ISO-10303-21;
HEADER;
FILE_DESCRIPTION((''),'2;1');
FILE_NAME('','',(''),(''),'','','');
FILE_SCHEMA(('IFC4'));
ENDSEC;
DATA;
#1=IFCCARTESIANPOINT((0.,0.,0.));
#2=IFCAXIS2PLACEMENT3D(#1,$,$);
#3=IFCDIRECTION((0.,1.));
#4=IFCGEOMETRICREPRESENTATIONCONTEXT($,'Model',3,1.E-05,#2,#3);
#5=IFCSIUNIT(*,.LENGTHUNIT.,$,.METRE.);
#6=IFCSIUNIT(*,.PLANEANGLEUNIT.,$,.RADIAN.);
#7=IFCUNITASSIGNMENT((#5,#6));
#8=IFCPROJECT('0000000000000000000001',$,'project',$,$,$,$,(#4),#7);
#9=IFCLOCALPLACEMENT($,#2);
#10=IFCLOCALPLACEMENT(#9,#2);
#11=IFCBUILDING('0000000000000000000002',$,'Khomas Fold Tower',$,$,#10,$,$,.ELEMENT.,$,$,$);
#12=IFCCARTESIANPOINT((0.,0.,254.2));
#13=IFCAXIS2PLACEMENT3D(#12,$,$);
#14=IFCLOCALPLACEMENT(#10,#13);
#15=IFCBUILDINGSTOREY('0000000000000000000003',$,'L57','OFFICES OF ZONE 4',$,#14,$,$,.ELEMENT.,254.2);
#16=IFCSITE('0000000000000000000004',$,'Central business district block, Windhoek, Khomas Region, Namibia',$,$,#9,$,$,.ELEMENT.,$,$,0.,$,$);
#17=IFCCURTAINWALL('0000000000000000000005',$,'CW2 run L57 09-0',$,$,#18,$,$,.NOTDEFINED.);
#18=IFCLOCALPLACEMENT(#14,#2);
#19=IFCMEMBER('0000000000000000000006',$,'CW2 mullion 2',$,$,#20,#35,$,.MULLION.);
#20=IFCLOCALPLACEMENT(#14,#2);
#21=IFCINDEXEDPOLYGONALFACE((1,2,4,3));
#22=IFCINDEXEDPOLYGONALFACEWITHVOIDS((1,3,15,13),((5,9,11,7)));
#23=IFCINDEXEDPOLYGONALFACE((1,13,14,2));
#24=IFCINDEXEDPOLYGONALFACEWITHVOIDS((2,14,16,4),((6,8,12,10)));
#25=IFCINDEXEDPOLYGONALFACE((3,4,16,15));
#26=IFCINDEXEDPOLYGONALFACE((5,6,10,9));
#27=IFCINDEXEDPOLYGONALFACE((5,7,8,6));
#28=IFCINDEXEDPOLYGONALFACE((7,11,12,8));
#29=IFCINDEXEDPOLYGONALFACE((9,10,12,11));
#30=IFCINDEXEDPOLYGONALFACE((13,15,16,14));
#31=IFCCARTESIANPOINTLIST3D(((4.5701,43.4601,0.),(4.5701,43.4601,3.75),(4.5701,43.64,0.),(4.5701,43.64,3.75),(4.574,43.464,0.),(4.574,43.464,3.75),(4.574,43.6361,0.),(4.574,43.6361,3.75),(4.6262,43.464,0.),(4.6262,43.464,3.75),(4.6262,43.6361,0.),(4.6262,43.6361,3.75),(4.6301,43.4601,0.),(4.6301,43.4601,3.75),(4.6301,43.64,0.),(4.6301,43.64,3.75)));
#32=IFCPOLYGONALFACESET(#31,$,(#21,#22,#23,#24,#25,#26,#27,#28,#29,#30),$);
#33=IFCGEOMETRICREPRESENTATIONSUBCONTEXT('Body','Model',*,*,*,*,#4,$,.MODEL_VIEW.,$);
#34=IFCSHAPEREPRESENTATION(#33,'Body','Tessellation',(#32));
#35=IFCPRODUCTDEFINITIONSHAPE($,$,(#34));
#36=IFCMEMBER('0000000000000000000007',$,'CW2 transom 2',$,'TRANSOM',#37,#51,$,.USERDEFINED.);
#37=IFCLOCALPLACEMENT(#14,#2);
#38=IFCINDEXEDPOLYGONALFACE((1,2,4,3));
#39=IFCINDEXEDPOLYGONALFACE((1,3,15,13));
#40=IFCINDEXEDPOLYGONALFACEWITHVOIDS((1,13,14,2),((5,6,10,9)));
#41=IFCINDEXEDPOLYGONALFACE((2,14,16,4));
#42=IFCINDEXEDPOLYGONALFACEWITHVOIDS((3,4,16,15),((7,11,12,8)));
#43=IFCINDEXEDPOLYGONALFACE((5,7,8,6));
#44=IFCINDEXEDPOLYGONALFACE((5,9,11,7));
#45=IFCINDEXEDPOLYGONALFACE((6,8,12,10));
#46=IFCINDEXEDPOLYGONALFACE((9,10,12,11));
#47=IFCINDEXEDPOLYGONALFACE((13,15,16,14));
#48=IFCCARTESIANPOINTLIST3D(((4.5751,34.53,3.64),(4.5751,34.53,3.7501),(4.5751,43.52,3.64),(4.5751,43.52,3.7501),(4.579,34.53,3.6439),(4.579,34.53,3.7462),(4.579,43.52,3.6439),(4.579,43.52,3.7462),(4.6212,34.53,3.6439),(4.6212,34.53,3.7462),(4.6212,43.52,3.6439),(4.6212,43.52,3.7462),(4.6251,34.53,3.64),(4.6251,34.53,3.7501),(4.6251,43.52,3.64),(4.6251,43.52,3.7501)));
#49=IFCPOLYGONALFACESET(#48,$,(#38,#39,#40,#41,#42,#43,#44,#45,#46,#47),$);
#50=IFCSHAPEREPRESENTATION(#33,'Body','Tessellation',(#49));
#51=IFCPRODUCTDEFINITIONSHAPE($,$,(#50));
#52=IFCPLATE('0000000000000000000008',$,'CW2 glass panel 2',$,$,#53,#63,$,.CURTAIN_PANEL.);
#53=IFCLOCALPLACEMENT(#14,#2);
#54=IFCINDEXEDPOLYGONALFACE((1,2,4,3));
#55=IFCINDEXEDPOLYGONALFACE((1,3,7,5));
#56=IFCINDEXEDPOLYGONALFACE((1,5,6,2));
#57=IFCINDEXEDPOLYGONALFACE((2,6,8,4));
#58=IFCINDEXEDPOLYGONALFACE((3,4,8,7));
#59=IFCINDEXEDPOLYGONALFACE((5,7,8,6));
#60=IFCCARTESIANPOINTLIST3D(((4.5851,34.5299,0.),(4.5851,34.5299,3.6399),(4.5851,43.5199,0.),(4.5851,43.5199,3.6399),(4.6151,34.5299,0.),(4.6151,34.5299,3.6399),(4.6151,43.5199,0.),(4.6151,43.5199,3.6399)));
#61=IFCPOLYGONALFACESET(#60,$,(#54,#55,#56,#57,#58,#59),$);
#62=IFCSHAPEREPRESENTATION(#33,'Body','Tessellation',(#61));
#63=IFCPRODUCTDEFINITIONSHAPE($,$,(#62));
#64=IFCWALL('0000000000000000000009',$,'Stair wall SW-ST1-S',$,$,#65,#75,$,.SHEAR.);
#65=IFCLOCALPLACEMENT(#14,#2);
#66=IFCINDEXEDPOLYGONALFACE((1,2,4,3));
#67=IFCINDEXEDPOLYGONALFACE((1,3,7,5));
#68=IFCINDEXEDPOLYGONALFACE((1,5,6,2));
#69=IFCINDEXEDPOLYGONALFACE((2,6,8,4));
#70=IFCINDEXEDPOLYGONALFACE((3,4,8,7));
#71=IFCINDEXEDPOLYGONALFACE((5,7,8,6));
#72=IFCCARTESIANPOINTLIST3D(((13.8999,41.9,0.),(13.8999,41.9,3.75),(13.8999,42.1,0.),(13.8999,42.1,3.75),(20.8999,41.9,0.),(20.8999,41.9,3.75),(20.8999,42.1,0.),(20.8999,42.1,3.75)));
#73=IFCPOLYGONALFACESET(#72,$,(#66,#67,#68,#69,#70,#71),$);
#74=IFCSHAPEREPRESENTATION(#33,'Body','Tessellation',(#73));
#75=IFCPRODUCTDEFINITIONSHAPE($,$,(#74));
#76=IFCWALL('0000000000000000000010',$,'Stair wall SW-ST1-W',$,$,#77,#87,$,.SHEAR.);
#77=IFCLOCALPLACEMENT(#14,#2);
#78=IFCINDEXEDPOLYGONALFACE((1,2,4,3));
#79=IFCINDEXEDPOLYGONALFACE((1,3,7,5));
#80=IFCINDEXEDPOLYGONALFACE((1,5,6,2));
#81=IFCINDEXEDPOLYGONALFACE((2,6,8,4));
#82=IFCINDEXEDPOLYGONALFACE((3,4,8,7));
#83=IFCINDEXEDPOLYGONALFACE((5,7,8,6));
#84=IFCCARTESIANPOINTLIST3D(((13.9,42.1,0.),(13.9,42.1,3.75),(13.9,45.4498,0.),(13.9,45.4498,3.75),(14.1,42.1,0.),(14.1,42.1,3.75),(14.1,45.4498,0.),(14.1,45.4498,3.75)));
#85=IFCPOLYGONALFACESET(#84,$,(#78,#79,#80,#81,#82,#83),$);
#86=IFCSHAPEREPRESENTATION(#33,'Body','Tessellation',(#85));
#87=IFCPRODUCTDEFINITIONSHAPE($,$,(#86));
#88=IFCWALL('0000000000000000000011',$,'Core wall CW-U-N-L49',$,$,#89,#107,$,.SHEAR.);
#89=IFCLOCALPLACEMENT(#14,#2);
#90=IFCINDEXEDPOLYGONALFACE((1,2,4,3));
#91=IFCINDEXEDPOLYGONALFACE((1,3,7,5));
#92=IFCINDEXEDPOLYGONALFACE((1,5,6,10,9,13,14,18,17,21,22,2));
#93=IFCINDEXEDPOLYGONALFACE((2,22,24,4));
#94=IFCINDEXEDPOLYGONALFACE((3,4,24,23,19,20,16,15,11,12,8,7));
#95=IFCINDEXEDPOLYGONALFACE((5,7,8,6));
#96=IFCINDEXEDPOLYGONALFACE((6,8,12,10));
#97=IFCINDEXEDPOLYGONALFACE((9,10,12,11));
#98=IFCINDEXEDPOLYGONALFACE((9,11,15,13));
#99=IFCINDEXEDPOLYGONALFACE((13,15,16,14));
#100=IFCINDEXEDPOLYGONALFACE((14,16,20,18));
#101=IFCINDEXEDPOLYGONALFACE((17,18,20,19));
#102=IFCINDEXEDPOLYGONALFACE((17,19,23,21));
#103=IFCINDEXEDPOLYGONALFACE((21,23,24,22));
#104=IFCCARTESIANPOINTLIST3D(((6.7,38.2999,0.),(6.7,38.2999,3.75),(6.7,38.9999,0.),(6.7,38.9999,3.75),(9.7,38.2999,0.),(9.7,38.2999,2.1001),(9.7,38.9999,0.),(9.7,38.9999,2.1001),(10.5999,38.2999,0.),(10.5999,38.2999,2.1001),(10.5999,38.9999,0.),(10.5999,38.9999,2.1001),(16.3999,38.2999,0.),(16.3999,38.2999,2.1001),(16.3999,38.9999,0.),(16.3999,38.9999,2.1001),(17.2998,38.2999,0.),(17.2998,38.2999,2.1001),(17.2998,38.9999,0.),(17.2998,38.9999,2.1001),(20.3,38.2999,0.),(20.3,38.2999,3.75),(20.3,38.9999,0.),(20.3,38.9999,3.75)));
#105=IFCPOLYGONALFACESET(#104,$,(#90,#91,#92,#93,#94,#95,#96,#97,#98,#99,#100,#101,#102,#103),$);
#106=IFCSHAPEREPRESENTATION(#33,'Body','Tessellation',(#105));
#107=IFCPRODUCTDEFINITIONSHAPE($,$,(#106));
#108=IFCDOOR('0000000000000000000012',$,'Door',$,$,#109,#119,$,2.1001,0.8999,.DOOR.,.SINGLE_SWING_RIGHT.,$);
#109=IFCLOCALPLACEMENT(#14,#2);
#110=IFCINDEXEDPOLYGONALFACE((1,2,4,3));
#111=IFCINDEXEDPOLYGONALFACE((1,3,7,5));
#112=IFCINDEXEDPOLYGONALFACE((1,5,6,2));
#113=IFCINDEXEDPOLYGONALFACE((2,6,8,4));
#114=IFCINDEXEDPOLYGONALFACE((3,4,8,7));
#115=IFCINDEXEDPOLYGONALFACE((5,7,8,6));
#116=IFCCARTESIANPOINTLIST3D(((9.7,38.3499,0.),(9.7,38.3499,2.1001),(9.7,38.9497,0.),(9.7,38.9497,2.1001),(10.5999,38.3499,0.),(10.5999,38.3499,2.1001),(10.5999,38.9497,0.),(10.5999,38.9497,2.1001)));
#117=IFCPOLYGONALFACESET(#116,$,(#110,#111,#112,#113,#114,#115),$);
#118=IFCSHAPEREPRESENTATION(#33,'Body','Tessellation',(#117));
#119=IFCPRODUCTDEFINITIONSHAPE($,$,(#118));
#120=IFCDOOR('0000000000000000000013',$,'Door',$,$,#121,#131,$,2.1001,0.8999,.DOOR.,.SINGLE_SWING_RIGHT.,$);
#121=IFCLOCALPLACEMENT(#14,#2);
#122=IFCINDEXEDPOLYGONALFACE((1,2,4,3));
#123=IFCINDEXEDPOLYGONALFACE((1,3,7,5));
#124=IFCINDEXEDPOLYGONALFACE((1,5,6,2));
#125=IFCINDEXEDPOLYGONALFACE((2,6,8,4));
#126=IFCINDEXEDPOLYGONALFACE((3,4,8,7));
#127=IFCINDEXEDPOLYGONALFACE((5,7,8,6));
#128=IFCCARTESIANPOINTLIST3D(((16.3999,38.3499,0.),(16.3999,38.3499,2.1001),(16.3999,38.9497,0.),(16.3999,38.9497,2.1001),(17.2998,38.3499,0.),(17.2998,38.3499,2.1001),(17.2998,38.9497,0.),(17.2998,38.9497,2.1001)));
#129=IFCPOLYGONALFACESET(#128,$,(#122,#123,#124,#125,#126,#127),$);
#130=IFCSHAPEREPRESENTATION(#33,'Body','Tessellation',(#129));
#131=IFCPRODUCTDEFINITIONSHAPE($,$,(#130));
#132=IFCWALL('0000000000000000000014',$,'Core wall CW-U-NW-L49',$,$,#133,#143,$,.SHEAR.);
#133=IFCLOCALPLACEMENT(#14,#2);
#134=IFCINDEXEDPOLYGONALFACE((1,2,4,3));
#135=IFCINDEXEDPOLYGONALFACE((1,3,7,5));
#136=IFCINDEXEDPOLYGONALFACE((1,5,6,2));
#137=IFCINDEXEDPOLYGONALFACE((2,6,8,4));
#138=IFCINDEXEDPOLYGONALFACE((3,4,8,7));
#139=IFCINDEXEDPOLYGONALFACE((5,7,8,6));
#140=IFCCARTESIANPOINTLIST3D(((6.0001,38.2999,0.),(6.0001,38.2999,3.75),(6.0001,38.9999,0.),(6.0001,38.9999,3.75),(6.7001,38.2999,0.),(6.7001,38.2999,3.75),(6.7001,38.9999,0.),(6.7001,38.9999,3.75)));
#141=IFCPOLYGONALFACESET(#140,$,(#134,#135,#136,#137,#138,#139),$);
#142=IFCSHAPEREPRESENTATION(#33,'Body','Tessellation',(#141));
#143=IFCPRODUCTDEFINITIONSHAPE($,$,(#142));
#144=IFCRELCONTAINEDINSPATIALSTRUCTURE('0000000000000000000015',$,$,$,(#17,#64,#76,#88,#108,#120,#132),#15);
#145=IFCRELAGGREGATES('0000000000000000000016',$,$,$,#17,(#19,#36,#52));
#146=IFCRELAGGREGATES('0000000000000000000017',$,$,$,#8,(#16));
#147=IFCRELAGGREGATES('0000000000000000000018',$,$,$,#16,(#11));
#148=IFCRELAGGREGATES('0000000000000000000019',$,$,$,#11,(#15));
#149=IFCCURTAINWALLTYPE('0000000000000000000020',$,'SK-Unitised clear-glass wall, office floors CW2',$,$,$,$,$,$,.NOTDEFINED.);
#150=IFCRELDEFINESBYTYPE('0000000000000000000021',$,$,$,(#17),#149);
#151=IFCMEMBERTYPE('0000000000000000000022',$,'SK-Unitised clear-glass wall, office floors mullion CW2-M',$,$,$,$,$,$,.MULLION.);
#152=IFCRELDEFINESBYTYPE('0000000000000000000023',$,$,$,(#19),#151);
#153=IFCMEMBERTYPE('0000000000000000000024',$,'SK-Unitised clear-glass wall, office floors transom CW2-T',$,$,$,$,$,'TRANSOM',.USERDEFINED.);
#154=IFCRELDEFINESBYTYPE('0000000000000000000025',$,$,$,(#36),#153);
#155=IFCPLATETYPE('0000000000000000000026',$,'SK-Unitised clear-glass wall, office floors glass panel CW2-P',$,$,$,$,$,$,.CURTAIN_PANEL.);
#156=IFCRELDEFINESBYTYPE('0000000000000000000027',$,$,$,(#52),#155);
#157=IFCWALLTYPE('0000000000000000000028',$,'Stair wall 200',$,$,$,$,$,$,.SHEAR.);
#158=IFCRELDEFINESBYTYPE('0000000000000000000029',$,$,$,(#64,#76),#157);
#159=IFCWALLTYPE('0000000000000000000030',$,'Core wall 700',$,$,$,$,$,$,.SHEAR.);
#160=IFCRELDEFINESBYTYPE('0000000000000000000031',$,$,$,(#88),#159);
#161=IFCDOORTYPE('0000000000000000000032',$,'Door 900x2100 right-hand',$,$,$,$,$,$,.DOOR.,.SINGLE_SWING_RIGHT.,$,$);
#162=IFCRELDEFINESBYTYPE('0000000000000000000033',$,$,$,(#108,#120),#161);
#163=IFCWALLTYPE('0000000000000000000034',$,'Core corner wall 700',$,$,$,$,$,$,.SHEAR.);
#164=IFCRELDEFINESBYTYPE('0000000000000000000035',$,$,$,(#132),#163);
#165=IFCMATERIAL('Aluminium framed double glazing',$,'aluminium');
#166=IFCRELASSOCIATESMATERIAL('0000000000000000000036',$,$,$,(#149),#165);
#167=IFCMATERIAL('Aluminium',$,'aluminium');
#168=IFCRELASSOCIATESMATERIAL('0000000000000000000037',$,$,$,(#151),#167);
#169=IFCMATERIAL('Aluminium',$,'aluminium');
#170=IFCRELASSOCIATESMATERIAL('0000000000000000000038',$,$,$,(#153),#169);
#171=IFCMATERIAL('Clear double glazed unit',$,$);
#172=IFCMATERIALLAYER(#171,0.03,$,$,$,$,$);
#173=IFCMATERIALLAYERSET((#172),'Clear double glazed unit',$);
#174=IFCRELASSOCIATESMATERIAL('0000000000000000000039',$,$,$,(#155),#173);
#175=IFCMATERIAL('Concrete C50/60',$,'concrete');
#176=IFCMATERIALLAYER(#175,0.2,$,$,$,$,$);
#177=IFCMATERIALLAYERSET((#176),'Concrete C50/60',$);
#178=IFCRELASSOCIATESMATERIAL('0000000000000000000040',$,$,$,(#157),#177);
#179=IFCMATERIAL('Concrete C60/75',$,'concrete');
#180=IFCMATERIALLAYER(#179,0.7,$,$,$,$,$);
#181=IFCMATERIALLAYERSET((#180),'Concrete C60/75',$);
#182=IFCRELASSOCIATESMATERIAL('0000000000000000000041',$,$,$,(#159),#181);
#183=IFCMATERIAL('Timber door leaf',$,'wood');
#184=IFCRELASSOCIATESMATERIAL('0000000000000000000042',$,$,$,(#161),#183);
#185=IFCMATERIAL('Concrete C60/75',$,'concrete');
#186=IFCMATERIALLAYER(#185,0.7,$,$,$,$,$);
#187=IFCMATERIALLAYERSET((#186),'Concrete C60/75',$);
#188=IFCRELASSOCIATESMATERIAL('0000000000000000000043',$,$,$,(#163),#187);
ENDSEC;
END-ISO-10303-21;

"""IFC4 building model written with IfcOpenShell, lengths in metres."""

from ifc_helpers import new_model, si_unit, direction, frame, frame_2d, origin, origin_2d, place, context, subcontext, project, spatial, rectangle, hollow_rectangle, extrude, source, transform, mapped, material, layer, layer_set, material_profile, profile_set, type_object, element, fill, aggregate, save


model = new_model("IFC4")

# Units and contexts
model_context = context("Model", 3, precision=1e-05, world=origin(), true_north=direction((0.0, 1.0)))
body_context = subcontext(model_context, "Body", "Model", "MODEL_VIEW")
ifc_project = project(units=[si_unit("LENGTHUNIT", "METRE"), si_unit("PLANEANGLEUNIT", "RADIAN")], contexts=[model_context])

# Site, building, storey
site_placement = place(None, origin())
site = spatial("IfcSite", under=ifc_project, at=site_placement, Name="Central business district block, Windhoek, Khomas Region, Namibia", CompositionType="ELEMENT", RefElevation=0.0)
building_placement = place(site_placement, origin())
building = spatial("IfcBuilding", under=site, at=building_placement, Name="Khomas Fold Tower", CompositionType="ELEMENT")
storey_placement = place(building_placement, frame((0.0, 0.0, 254.2)))
storey = spatial("IfcBuildingStorey", under=building, at=storey_placement, Name="L57", Description="OFFICES OF ZONE 4", CompositionType="ELEMENT", Elevation=254.2)

# Curtain wall, members, plate
ifc_material_1 = material(Name="Aluminium framed double glazing", Category="aluminium")
curtain_wall_type = type_object("IfcCurtainWallType", Name="SK-Unitised clear-glass wall, office floors CW2", PredefinedType="NOTDEFINED", material=ifc_material_1)
curtain_wall_placement = place(storey_placement, origin())
curtain_wall = element("IfcCurtainWall", 1, at=curtain_wall_placement, inside=storey, type_object=curtain_wall_type, Name="CW2 run L57 09-0", PredefinedType="NOTDEFINED")
ifc_material_2 = material(Name="Aluminium", Category="aluminium")
ifc_material_profile_1 = material_profile(ifc_material_2, hollow_rectangle(XDim=0.0601, YDim=0.1799, WallThickness=0.0039, at=origin_2d()), Name="SK-Unitised clear-glass wall, office floors mullion CW2-M")
ifc_profile_set_1 = profile_set([ifc_material_profile_1], Name="Aluminium")
member_type_1 = type_object("IfcMemberType", Name="SK-Unitised clear-glass wall, office floors mullion CW2-M", PredefinedType="MULLION", material=ifc_profile_set_1)
shared_shape_1 = source(origin(), body_context, "Body", "SweptSolid", [
    extrude(hollow_rectangle(XDim=0.0601, YDim=0.1799, WallThickness=0.0039, at=origin_2d()), origin(), (0.0, 0.0, 1.0), 3.75),
])
member_1_placement = place(storey_placement, frame((4.6001, 43.55, 0.0), z_axis=(0.0, 0.0, 1.0), x_axis=(1.0, 0.0, 0.0)))
member_1 = element("IfcMember", 2, at=member_1_placement, type_object=member_type_1, Name="CW2 mullion 2", PredefinedType="MULLION", context=body_context, shape_type="MappedRepresentation", body=[
    mapped(shared_shape_1, transform((0.0, 0.0, 0.0))),
])
ifc_material_3 = material(Name="Aluminium", Category="aluminium")
ifc_material_profile_2 = material_profile(ifc_material_3, hollow_rectangle(XDim=0.05, YDim=0.1101, WallThickness=0.0039, at=origin_2d()), Name="SK-Unitised clear-glass wall, office floors transom CW2-T")
ifc_profile_set_2 = profile_set([ifc_material_profile_2], Name="Aluminium")
member_type_2 = type_object("IfcMemberType", Name="SK-Unitised clear-glass wall, office floors transom CW2-T", ElementType="TRANSOM", PredefinedType="USERDEFINED", material=ifc_profile_set_2)
shared_shape_2 = source(origin(), body_context, "Body", "SweptSolid", [
    extrude(hollow_rectangle(XDim=0.05, YDim=0.1101, WallThickness=0.0039, at=origin_2d()), origin(), (0.0, 0.0, 1.0), 8.99),
])
member_2_placement = place(storey_placement, frame((4.6001, 43.52, 3.6951), z_axis=(0.0, -1.0, 0.0), x_axis=(1.0, 0.0, 0.0)))
member_2 = element("IfcMember", 3, at=member_2_placement, type_object=member_type_2, Name="CW2 transom 2", ObjectType="TRANSOM", PredefinedType="USERDEFINED", context=body_context, shape_type="MappedRepresentation", body=[
    mapped(shared_shape_2, transform((0.0, 0.0, 0.0))),
])
ifc_material_4 = material(Name="Clear double glazed unit")
ifc_layer_1 = layer(ifc_material_4, 0.03)
ifc_layer_set_1 = layer_set([ifc_layer_1], Name="Clear double glazed unit")
plate_type = type_object("IfcPlateType", Name="SK-Unitised clear-glass wall, office floors glass panel CW2-P", PredefinedType="CURTAIN_PANEL", material=ifc_layer_set_1)
shared_shape_3 = source(origin(), body_context, "Body", "SweptSolid", [
    extrude(rectangle(XDim=8.99, YDim=0.03, at=origin_2d()), origin(), (0.0, 0.0, 1.0), 3.6399),
])
plate_placement = place(storey_placement, frame((4.6001, 39.0249, 0.0), z_axis=(0.0, 0.0, 1.0), x_axis=(0.0, -1.0, 0.0)))
plate = element("IfcPlate", 4, at=plate_placement, type_object=plate_type, Name="CW2 glass panel 2", PredefinedType="CURTAIN_PANEL", context=body_context, shape_type="MappedRepresentation", body=[
    mapped(shared_shape_3, transform((0.0, 0.0, 0.0))),
])
aggregate(curtain_wall, [member_1, member_2, plate])

# Walls
ifc_material_5 = material(Name="Concrete C50/60", Category="concrete")
ifc_layer_2 = layer(ifc_material_5, 0.2)
ifc_layer_set_2 = layer_set([ifc_layer_2], Name="Concrete C50/60")
wall_type_1 = type_object("IfcWallType", Name="Stair wall 200", PredefinedType="SHEAR", material=ifc_layer_set_2)
shared_shape_4 = source(origin(), body_context, "Body", "SweptSolid", [
    extrude(rectangle(XDim=7.0, YDim=0.2, at=frame_2d((3.5, 0.0))), origin(), (0.0, 0.0, 1.0), 3.75),
])
wall_1_placement = place(storey_placement, frame((13.8999, 42.0, 0.0), z_axis=(0.0, 0.0, 1.0), x_axis=(1.0, 0.0, 0.0)))
element("IfcWall", 5, at=wall_1_placement, inside=storey, type_object=wall_type_1, Name="Stair wall SW-ST1-S", PredefinedType="SHEAR", context=body_context, shape_type="MappedRepresentation", body=[
    mapped(shared_shape_4, transform((0.0, 0.0, 0.0))),
])
shared_shape_5 = source(origin(), body_context, "Body", "SweptSolid", [
    extrude(rectangle(XDim=3.3499, YDim=0.2, at=frame_2d((1.6748, 0.0))), origin(), (0.0, 0.0, 1.0), 3.75),
])
wall_2_placement = place(storey_placement, frame((14.0, 42.1001, 0.0), z_axis=(0.0, 0.0, 1.0), x_axis=(0.0, 1.0, 0.0)))
element("IfcWall", 6, at=wall_2_placement, inside=storey, type_object=wall_type_1, Name="Stair wall SW-ST1-W", PredefinedType="SHEAR", context=body_context, shape_type="MappedRepresentation", body=[
    mapped(shared_shape_5, transform((0.0, 0.0, 0.0))),
])

# Wall, openings, doors
ifc_material_6 = material(Name="Concrete C60/75", Category="concrete")
ifc_layer_3 = layer(ifc_material_6, 0.7)
ifc_layer_set_3 = layer_set([ifc_layer_3], Name="Concrete C60/75")
wall_type_2 = type_object("IfcWallType", Name="Core wall 700", PredefinedType="SHEAR", material=ifc_layer_set_3)
shared_shape_6 = source(origin(), body_context, "Body", "SweptSolid", [
    extrude(rectangle(XDim=13.6001, YDim=0.7, at=frame_2d((6.8, 0.0))), origin(), (0.0, 0.0, 1.0), 3.75),
])
wall_3_placement = place(storey_placement, frame((6.7, 38.6499, 0.0), z_axis=(0.0, 0.0, 1.0), x_axis=(1.0, 0.0, 0.0)))
wall_3 = element("IfcWall", 7, at=wall_3_placement, inside=storey, type_object=wall_type_2, Name="Core wall CW-U-N-L49", PredefinedType="SHEAR", context=body_context, shape_type="MappedRepresentation", body=[
    mapped(shared_shape_6, transform((0.0, 0.0, 0.0))),
])
shared_shape_7 = source(origin(), body_context, "Body", "SweptSolid", [
    extrude(rectangle(XDim=0.8999, YDim=2.1001, at=frame_2d((0.45, 1.05))), frame((0.0, 0.3599, 0.0), z_axis=(0.0, -1.0, 0.0), x_axis=(1.0, 0.0, 0.0)), (0.0, 0.0, 1.0), 0.72),
])
opening_1_placement = place(wall_3_placement, frame((3.0, 0.0, 0.0)))
opening_1 = element("IfcOpeningElement", 8, at=opening_1_placement, cuts=wall_3, PredefinedType="OPENING", context=body_context, shape_type="MappedRepresentation", body=[
    mapped(shared_shape_7, transform((0.0, 0.0, 0.0))),
])
opening_2_placement = place(wall_3_placement, frame((9.7, 0.0, 0.0)))
opening_2 = element("IfcOpeningElement", 9, at=opening_2_placement, cuts=wall_3, PredefinedType="OPENING", context=body_context, shape_type="MappedRepresentation", body=[
    mapped(shared_shape_7, transform((0.0, 0.0, 0.0))),
])
ifc_material_7 = material(Name="Timber door leaf", Category="wood")
door_type = type_object("IfcDoorType", Name="Door 900x2100 right-hand", OperationType="SINGLE_SWING_RIGHT", PredefinedType="DOOR", material=ifc_material_7)
shared_shape_8 = source(origin(), body_context, "Body", "SweptSolid", [
    extrude(rectangle(XDim=0.8999, YDim=2.1001, at=frame_2d((0.45, 1.05))), frame((0.0, 0.2998, 0.0), z_axis=(0.0, -1.0, 0.0), x_axis=(1.0, 0.0, 0.0)), (0.0, 0.0, 1.0), 0.5999),
])
door_1_placement = place(opening_1_placement, origin())
door_1 = element("IfcDoor", 10, at=door_1_placement, inside=storey, type_object=door_type, Name="Door", OperationType="SINGLE_SWING_RIGHT", OverallHeight=2.1001, OverallWidth=0.8999, PredefinedType="DOOR", context=body_context, shape_type="MappedRepresentation", body=[
    mapped(shared_shape_8, transform((0.0, 0.0, 0.0))),
])
fill(opening_1, door_1)
door_2_placement = place(opening_2_placement, origin())
door_2 = element("IfcDoor", 11, at=door_2_placement, inside=storey, type_object=door_type, Name="Door", OperationType="SINGLE_SWING_RIGHT", OverallHeight=2.1001, OverallWidth=0.8999, PredefinedType="DOOR", context=body_context, shape_type="MappedRepresentation", body=[
    mapped(shared_shape_8, transform((0.0, 0.0, 0.0))),
])
fill(opening_2, door_2)

# Wall
ifc_material_8 = material(Name="Concrete C60/75", Category="concrete")
ifc_layer_4 = layer(ifc_material_8, 0.7)
ifc_layer_set_4 = layer_set([ifc_layer_4], Name="Concrete C60/75")
wall_type_3 = type_object("IfcWallType", Name="Core corner wall 700", PredefinedType="SHEAR", material=ifc_layer_set_4)
shared_shape_9 = source(origin(), body_context, "Body", "SweptSolid", [
    extrude(rectangle(XDim=0.7, YDim=0.7, at=frame_2d((0.3501, 0.0))), origin(), (0.0, 0.0, 1.0), 3.75),
])
wall_4_placement = place(storey_placement, frame((6.0, 38.6499, 0.0), z_axis=(0.0, 0.0, 1.0), x_axis=(1.0, 0.0, 0.0)))
element("IfcWall", 12, at=wall_4_placement, inside=storey, type_object=wall_type_3, Name="Core wall CW-U-NW-L49", PredefinedType="SHEAR", context=body_context, shape_type="MappedRepresentation", body=[
    mapped(shared_shape_9, transform((0.0, 0.0, 0.0))),
])

save(model, "model.ifc")
